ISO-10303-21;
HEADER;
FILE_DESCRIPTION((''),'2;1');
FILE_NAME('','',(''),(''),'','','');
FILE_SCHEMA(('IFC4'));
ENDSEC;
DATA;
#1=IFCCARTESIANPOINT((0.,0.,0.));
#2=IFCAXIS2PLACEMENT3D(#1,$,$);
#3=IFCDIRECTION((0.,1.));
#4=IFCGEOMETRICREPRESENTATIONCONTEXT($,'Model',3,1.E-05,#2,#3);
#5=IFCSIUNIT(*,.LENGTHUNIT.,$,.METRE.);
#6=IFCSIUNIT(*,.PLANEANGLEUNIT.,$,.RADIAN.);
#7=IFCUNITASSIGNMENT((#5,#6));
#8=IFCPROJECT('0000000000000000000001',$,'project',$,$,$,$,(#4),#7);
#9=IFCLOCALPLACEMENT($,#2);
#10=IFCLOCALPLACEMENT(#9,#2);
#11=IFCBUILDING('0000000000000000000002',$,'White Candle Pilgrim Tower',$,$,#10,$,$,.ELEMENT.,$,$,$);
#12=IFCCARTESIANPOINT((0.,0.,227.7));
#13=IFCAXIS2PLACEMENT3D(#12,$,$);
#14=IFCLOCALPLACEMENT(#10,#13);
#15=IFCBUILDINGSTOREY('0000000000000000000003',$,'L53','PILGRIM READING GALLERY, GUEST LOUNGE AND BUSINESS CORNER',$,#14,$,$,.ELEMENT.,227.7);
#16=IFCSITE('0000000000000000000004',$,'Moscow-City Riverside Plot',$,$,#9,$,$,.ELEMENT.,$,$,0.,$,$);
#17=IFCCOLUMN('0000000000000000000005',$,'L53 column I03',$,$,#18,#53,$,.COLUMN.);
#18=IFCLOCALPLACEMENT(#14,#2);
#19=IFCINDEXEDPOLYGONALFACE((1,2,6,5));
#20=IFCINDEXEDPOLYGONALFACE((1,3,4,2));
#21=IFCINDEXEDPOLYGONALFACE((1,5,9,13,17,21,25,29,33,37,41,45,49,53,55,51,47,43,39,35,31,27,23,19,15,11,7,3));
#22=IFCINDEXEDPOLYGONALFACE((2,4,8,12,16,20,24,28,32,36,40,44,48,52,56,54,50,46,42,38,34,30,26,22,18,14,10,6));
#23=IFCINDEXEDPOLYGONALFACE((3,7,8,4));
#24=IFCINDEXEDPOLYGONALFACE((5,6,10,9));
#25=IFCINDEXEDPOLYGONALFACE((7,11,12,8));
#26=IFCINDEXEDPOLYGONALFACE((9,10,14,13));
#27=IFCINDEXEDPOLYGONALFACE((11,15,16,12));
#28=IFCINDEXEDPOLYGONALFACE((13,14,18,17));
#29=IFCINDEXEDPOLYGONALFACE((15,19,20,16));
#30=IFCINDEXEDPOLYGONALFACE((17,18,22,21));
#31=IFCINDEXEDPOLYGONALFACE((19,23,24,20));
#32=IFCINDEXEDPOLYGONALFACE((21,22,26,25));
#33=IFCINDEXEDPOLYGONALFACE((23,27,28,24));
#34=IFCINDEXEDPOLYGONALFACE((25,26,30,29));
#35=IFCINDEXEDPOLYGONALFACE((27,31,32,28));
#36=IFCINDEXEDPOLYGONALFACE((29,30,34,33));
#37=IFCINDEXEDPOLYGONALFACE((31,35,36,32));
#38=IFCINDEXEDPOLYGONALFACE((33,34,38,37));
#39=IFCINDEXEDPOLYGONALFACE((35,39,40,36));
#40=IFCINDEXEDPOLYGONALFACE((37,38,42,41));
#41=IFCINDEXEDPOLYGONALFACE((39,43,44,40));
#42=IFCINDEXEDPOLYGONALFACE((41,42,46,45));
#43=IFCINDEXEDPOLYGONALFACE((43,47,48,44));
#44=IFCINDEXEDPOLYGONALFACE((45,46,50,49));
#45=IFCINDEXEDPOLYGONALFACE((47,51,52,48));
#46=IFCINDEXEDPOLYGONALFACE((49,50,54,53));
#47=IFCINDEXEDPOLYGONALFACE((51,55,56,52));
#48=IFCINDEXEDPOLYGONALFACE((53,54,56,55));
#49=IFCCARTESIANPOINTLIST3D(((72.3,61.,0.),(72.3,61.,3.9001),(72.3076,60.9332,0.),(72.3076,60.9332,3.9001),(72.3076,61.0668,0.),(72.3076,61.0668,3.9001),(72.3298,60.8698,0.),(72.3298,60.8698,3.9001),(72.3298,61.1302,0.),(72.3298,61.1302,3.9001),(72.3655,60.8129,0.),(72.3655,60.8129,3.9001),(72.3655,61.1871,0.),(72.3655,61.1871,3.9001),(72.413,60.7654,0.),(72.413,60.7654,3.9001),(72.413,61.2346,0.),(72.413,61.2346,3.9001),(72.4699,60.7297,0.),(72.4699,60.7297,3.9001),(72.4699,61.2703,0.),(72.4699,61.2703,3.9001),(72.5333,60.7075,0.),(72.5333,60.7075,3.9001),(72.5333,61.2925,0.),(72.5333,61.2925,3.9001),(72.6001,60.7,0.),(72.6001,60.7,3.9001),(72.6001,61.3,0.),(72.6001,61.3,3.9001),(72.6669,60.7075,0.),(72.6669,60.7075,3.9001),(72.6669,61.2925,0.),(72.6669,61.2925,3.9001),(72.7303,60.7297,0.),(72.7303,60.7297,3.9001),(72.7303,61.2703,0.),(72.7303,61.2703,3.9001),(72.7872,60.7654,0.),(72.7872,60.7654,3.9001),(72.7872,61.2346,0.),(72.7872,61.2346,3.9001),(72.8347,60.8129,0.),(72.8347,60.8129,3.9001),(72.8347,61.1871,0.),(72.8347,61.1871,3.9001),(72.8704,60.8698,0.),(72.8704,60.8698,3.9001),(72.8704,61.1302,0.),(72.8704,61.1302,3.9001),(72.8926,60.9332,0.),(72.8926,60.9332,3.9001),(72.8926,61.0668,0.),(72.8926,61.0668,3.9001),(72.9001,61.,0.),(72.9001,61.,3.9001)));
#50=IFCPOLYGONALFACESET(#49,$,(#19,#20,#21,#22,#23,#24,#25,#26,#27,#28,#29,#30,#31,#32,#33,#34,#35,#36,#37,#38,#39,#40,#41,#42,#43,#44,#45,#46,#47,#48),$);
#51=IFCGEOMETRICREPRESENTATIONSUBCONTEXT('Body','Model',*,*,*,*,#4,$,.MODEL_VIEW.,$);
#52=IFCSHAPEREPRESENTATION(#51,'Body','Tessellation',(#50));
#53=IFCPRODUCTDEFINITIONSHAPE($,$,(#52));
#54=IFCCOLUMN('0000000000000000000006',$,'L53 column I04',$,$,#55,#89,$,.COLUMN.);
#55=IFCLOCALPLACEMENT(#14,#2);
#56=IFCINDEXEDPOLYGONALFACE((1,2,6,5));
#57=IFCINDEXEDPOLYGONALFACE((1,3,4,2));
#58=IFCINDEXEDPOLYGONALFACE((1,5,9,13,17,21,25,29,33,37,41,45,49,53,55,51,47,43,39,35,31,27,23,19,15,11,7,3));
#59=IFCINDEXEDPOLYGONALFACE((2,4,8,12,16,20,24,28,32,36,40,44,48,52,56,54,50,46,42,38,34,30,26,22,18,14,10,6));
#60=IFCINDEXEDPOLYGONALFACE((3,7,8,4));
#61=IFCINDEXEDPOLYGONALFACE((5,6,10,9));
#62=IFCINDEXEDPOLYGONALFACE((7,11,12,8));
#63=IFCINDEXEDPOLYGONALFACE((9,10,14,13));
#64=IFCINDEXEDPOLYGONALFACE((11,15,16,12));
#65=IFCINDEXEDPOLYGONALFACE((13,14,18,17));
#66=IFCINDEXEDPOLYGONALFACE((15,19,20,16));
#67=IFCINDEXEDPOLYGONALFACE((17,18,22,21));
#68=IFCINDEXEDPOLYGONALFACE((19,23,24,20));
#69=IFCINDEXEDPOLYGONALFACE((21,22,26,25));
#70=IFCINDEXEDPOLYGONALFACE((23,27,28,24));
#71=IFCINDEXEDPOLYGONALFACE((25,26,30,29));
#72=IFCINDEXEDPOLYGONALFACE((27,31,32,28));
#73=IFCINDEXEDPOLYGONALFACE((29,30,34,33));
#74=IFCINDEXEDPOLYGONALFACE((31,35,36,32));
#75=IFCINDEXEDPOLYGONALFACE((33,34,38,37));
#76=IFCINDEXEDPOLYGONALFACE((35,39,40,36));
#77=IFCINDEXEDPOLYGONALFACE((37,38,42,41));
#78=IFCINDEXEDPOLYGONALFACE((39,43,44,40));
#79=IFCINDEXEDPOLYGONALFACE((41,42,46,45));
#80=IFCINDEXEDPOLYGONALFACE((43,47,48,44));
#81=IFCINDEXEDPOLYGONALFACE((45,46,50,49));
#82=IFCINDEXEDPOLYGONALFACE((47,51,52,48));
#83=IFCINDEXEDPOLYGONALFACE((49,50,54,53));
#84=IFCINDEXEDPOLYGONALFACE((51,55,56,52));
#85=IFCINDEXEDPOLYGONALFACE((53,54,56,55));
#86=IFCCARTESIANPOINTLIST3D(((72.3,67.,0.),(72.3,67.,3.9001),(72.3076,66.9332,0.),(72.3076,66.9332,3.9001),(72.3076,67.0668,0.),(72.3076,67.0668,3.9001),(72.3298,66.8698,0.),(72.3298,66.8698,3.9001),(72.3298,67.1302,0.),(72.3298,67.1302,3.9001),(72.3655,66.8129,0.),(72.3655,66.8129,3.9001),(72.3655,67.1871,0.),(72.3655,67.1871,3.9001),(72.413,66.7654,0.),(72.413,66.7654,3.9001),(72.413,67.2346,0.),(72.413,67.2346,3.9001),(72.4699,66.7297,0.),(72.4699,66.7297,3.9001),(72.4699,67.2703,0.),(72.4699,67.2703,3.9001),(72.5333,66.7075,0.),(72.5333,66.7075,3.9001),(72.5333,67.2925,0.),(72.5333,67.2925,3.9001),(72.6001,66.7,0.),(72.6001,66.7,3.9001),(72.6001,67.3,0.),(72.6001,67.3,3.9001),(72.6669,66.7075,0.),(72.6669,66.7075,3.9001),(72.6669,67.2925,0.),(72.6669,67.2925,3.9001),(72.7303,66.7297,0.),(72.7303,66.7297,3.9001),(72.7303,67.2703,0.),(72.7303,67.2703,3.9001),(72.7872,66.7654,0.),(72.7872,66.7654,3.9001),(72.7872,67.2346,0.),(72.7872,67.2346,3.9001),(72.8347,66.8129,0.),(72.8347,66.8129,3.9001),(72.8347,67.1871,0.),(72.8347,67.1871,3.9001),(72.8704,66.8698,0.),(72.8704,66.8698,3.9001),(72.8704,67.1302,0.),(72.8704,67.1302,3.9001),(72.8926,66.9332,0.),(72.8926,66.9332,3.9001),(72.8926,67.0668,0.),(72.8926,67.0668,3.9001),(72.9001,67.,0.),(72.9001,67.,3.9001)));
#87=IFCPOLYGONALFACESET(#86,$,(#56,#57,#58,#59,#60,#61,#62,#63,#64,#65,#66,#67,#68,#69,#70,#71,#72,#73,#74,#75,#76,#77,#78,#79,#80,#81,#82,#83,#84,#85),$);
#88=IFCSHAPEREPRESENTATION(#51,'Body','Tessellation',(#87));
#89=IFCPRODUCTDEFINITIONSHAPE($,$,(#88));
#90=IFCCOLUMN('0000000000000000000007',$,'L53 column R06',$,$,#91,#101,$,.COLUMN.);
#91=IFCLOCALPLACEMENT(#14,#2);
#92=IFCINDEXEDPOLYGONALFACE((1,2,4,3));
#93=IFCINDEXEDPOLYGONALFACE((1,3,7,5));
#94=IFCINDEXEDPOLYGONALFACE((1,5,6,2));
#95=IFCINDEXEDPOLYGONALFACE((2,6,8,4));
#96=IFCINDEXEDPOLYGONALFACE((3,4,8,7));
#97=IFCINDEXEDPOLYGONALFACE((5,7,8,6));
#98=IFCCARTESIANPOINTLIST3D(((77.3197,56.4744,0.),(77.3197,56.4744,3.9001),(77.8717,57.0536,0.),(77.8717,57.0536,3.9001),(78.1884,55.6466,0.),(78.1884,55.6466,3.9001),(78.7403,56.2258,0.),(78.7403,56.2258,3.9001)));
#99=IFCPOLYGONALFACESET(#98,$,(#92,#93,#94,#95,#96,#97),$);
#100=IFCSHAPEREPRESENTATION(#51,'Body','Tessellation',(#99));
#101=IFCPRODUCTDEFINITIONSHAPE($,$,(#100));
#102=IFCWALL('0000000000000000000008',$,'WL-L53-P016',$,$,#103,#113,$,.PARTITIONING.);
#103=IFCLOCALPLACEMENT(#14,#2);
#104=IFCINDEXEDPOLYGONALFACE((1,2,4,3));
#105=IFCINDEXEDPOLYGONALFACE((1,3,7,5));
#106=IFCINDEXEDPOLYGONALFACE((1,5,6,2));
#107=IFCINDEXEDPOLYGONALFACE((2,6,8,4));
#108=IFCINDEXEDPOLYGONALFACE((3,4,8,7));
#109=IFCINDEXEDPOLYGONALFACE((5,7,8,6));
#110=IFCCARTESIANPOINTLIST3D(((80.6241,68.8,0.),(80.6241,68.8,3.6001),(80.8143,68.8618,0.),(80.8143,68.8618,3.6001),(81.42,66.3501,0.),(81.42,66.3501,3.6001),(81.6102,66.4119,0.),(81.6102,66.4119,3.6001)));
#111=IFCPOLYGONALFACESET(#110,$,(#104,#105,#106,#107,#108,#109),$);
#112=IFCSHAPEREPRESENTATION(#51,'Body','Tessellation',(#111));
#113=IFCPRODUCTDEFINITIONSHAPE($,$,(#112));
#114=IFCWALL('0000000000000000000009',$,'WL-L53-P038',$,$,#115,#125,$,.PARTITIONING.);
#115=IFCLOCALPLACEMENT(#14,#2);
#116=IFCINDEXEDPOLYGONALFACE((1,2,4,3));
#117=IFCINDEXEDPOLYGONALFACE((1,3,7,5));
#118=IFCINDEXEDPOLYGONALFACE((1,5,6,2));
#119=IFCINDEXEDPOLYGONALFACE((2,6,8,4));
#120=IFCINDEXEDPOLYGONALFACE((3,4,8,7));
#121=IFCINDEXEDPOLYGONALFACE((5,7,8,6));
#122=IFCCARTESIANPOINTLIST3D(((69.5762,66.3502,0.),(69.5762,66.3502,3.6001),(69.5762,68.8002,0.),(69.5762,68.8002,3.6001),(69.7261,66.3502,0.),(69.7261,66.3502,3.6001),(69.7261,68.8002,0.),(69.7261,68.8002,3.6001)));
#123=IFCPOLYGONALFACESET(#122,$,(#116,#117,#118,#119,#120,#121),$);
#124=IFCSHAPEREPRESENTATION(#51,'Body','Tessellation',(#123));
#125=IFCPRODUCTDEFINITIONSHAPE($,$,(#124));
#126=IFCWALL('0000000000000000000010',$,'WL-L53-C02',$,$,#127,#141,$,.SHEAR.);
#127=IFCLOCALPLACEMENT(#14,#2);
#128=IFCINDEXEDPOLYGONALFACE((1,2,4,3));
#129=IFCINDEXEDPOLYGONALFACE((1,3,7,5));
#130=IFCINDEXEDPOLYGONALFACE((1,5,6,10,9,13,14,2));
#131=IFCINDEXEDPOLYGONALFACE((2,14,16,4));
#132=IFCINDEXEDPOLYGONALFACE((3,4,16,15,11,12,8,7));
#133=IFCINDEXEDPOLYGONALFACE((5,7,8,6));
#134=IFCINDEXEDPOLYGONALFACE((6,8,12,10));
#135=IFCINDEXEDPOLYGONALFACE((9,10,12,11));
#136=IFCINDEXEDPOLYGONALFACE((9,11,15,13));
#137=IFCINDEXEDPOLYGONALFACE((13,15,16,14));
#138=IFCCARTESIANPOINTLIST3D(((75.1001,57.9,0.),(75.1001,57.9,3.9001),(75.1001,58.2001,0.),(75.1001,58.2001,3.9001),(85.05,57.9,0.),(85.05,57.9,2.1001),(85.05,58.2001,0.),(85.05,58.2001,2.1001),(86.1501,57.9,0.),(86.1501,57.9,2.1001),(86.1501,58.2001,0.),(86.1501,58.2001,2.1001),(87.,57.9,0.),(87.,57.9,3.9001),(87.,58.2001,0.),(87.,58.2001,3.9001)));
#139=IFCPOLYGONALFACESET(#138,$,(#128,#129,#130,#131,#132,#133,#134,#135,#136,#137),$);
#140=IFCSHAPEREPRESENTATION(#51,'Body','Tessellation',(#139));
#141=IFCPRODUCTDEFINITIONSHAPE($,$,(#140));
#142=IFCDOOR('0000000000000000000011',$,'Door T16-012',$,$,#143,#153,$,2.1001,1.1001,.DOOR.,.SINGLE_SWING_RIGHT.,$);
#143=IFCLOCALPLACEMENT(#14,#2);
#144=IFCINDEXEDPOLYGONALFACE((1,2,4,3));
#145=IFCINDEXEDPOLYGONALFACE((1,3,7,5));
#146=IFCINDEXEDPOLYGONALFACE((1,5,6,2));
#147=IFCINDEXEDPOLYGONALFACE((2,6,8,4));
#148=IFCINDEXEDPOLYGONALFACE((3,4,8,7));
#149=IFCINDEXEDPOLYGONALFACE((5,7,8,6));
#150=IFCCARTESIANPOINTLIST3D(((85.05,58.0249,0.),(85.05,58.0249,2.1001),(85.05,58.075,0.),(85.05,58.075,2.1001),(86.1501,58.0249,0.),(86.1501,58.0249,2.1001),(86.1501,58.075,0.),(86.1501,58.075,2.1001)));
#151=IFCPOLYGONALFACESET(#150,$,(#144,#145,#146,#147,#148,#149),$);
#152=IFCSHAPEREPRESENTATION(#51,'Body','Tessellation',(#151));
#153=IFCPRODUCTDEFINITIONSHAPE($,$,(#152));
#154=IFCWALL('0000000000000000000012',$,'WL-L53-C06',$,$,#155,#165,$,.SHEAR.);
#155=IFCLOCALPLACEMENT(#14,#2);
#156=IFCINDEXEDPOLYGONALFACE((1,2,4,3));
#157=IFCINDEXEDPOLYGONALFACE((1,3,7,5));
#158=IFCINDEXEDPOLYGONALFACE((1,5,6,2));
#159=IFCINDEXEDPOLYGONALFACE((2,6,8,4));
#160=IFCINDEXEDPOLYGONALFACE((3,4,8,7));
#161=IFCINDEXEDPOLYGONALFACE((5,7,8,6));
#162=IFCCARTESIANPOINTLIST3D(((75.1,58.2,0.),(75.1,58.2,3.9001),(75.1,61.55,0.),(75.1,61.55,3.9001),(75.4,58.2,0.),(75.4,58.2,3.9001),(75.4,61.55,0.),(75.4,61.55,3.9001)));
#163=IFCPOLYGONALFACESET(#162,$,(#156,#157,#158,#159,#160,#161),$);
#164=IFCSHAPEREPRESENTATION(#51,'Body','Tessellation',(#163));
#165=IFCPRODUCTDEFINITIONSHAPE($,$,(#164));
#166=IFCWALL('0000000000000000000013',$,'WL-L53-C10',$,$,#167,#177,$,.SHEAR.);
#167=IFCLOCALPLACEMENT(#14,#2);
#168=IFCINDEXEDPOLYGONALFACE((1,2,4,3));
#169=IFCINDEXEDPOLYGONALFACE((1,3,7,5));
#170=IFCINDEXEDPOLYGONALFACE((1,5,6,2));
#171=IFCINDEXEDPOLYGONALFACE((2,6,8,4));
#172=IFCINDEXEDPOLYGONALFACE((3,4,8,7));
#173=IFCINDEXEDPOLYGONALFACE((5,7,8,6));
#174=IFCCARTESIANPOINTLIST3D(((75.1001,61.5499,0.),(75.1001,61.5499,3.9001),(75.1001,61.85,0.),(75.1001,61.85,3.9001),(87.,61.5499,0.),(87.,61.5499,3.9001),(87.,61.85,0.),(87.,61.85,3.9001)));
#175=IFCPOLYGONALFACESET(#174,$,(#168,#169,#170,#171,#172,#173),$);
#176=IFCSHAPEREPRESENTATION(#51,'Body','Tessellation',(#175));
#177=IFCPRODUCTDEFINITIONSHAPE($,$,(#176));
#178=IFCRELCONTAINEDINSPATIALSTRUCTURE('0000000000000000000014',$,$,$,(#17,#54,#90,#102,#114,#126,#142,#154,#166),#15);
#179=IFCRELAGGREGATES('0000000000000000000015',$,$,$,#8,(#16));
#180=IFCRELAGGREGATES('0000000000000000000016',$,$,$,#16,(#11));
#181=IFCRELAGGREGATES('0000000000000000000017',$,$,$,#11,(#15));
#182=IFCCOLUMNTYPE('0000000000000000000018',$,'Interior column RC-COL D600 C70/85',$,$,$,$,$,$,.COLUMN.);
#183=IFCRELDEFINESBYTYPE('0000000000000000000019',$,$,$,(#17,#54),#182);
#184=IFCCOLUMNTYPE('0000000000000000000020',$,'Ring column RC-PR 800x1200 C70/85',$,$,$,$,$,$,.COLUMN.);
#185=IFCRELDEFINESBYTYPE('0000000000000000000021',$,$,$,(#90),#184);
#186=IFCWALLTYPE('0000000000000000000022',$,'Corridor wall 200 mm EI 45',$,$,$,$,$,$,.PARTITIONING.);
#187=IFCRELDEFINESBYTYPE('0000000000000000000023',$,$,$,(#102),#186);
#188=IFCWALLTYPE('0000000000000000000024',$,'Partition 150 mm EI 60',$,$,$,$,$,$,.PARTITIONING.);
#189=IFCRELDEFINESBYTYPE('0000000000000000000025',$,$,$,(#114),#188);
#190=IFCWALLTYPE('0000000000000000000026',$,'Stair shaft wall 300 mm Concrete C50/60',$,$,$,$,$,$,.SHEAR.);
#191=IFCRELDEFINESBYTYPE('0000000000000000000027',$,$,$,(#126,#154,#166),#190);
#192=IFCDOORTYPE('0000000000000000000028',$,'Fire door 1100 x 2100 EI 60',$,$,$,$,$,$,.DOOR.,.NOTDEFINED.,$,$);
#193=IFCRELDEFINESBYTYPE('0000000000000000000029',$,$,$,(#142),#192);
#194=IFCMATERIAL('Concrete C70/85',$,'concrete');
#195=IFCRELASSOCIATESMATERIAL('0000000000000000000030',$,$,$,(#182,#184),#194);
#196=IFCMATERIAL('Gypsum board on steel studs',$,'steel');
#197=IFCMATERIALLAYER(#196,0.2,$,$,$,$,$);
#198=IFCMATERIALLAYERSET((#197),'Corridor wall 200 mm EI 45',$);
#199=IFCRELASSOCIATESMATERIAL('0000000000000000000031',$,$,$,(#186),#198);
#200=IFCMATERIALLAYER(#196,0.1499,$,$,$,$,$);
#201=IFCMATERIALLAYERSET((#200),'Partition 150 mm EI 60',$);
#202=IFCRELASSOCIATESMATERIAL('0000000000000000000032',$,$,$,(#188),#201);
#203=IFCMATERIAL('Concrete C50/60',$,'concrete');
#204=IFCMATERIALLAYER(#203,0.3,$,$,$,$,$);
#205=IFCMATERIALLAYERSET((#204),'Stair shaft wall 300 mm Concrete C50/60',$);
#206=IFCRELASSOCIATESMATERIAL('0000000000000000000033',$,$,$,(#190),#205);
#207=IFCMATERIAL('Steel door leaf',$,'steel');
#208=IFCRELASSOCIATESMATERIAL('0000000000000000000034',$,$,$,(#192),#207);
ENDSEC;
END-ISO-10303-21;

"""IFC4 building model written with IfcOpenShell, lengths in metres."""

from ifc_helpers import new_model, si_unit, direction, frame, frame_2d, origin, origin_2d, place, context, subcontext, project, spatial, rectangle, circle, extrude, material, layer, layer_set, material_profile, profile_set, type_object, element, fill, save


model = new_model("IFC4")

# Units and contexts
model_context = context("Model", 3, precision=1e-05, world=origin(), true_north=direction((0.0, 1.0)))
body_context = subcontext(model_context, "Body", "Model", "MODEL_VIEW")
ifc_project = project(units=[si_unit("LENGTHUNIT", "METRE"), si_unit("PLANEANGLEUNIT", "RADIAN")], contexts=[model_context])

# Site, building, storey
site_placement = place(None, origin())
site = spatial("IfcSite", under=ifc_project, at=site_placement, Name="Moscow-City Riverside Plot", CompositionType="ELEMENT", RefElevation=0.0)
building_placement = place(site_placement, origin())
building = spatial("IfcBuilding", under=site, at=building_placement, Name="White Candle Pilgrim Tower", CompositionType="ELEMENT")
storey_placement = place(building_placement, frame((0.0, 0.0, 227.7)))
storey = spatial("IfcBuildingStorey", under=building, at=storey_placement, Name="L53", Description="PILGRIM READING GALLERY, GUEST LOUNGE AND BUSINESS CORNER", CompositionType="ELEMENT", Elevation=227.7)

# Columns
ifc_material_1 = material(Name="Concrete C70/85", Category="concrete")
ifc_material_profile_1 = material_profile(ifc_material_1, circle(Radius=0.3, at=origin_2d()), Name="RC-COL D600")
ifc_profile_set_1 = profile_set([ifc_material_profile_1], Name="Concrete C70/85")
column_type_1 = type_object("IfcColumnType", Name="Interior column RC-COL D600 C70/85", PredefinedType="COLUMN", material=ifc_profile_set_1)
for number, where, z_axis, x_axis, name in (
    (1, (72.6001, 61.0, 0.0), (0.0, 0.0, 1.0), (1.0, 0.0, 0.0), "L53 column I03"),
    (2, (72.6001, 67.0, 0.0), (0.0, 0.0, 1.0), (1.0, 0.0, 0.0), "L53 column I04"),
):
    element("IfcColumn", number, at=place(storey_placement, frame(where, z_axis=z_axis, x_axis=x_axis)), inside=storey, type_object=column_type_1, Name=name, PredefinedType="COLUMN", context=body_context, shape_type="SweptSolid", body=[
        extrude(circle(Radius=0.3, at=origin_2d()), origin(), (0.0, 0.0, 1.0), 3.9001),
    ])
ifc_material_profile_2 = material_profile(ifc_material_1, rectangle(XDim=0.8, YDim=1.2, at=origin_2d()), Name="RC-PR 800x1200")
ifc_profile_set_2 = profile_set([ifc_material_profile_2], Name="Concrete C70/85")
column_type_2 = type_object("IfcColumnType", Name="Ring column RC-PR 800x1200 C70/85", PredefinedType="COLUMN", material=ifc_profile_set_2)
column_placement = place(storey_placement, frame((78.03, 56.3501, 0.0), z_axis=(0.0, 0.0, 1.0), x_axis=(-0.689872, -0.723931, 0.0)))
element("IfcColumn", 3, at=column_placement, inside=storey, type_object=column_type_2, Name="L53 column R06", PredefinedType="COLUMN", context=body_context, shape_type="SweptSolid", body=[
    extrude(rectangle(XDim=0.8, YDim=1.2, at=origin_2d()), origin(), (0.0, 0.0, 1.0), 3.9001),
])

# Walls
ifc_material_2 = material(Name="Gypsum board on steel studs", Category="steel")
ifc_layer_1 = layer(ifc_material_2, 0.2)
ifc_layer_set_1 = layer_set([ifc_layer_1], Name="Corridor wall 200 mm EI 45")
wall_type_1 = type_object("IfcWallType", Name="Corridor wall 200 mm EI 45", PredefinedType="PARTITIONING", material=ifc_layer_set_1)
wall_1_placement = place(storey_placement, frame((81.5151, 66.3809, 0.0), z_axis=(0.0, 0.0, 1.0), x_axis=(-0.308968, 0.951072, 0.0)))
element("IfcWall", 4, at=wall_1_placement, inside=storey, type_object=wall_type_1, Name="WL-L53-P016", PredefinedType="PARTITIONING", context=body_context, shape_type="SweptSolid", body=[
    extrude(rectangle(XDim=2.5759, YDim=0.2, at=frame_2d((1.2881, 0.0))), origin(), (0.0, 0.0, 1.0), 3.6001),
])
ifc_layer_2 = layer(ifc_material_2, 0.1499)
ifc_layer_set_2 = layer_set([ifc_layer_2], Name="Partition 150 mm EI 60")
wall_type_2 = type_object("IfcWallType", Name="Partition 150 mm EI 60", PredefinedType="PARTITIONING", material=ifc_layer_set_2)
wall_2_placement = place(storey_placement, frame((69.6511, 66.3501, 0.0), z_axis=(0.0, 0.0, 1.0), x_axis=(0.0, 1.0, 0.0)))
element("IfcWall", 5, at=wall_2_placement, inside=storey, type_object=wall_type_2, Name="WL-L53-P038", PredefinedType="PARTITIONING", context=body_context, shape_type="SweptSolid", body=[
    extrude(rectangle(XDim=2.45, YDim=0.1499, at=frame_2d((1.2251, 0.0))), origin(), (0.0, 0.0, 1.0), 3.6001),
])

# Wall, opening, door
ifc_material_3 = material(Name="Concrete C50/60", Category="concrete")
ifc_layer_3 = layer(ifc_material_3, 0.3)
ifc_layer_set_3 = layer_set([ifc_layer_3], Name="Stair shaft wall 300 mm Concrete C50/60")
wall_type_3 = type_object("IfcWallType", Name="Stair shaft wall 300 mm Concrete C50/60", PredefinedType="SHEAR", material=ifc_layer_set_3)
wall_3_placement = place(storey_placement, frame((75.1001, 58.05, 0.0), z_axis=(0.0, 0.0, 1.0), x_axis=(1.0, 0.0, 0.0)))
wall_3 = element("IfcWall", 6, at=wall_3_placement, inside=storey, type_object=wall_type_3, Name="WL-L53-C02", PredefinedType="SHEAR", context=body_context, shape_type="SweptSolid", body=[
    extrude(rectangle(XDim=11.8999, YDim=0.3, at=frame_2d((5.95, 0.0))), origin(), (0.0, 0.0, 1.0), 3.9001),
])
opening_placement = place(wall_3_placement, frame((9.95, 0.0, 0.0)))
opening = element("IfcOpeningElement", 7, at=opening_placement, cuts=wall_3, PredefinedType="OPENING", context=body_context, shape_type="SweptSolid", body=[
    extrude(rectangle(XDim=1.1001, YDim=2.1001, at=frame_2d((0.55, 1.05))), frame((0.0, 0.1599, 0.0), z_axis=(0.0, -1.0, 0.0), x_axis=(1.0, 0.0, 0.0)), (0.0, 0.0, 1.0), 0.3201),
])
ifc_material_4 = material(Name="Steel door leaf", Category="steel")
door_type = type_object("IfcDoorType", Name="Fire door 1100 x 2100 EI 60", OperationType="NOTDEFINED", PredefinedType="DOOR", material=ifc_material_4)
door_placement = place(opening_placement, origin())
door = element("IfcDoor", 8, at=door_placement, inside=storey, type_object=door_type, Name="Door T16-012", OperationType="SINGLE_SWING_RIGHT", OverallHeight=2.1001, OverallWidth=1.1001, PredefinedType="DOOR", context=body_context, shape_type="SweptSolid", body=[
    extrude(rectangle(XDim=1.1001, YDim=2.1001, at=frame_2d((0.55, 1.05))), frame((0.0, 0.0249, 0.0), z_axis=(0.0, -1.0, 0.0), x_axis=(1.0, 0.0, 0.0)), (0.0, 0.0, 1.0), 0.05),
])
fill(opening, door)

# Walls
wall_4_placement = place(storey_placement, frame((75.25, 58.2, 0.0), z_axis=(0.0, 0.0, 1.0), x_axis=(0.0, 1.0, 0.0)))
element("IfcWall", 9, at=wall_4_placement, inside=storey, type_object=wall_type_3, Name="WL-L53-C06", PredefinedType="SHEAR", context=body_context, shape_type="SweptSolid", body=[
    extrude(rectangle(XDim=3.3501, YDim=0.3, at=frame_2d((1.675, 0.0))), origin(), (0.0, 0.0, 1.0), 3.9001),
])
wall_5_placement = place(storey_placement, frame((75.1001, 61.7, 0.0), z_axis=(0.0, 0.0, 1.0), x_axis=(1.0, 0.0, 0.0)))
element("IfcWall", 10, at=wall_5_placement, inside=storey, type_object=wall_type_3, Name="WL-L53-C10", PredefinedType="SHEAR", context=body_context, shape_type="SweptSolid", body=[
    extrude(rectangle(XDim=11.8999, YDim=0.3, at=frame_2d((5.95, 0.0))), origin(), (0.0, 0.0, 1.0), 3.9001),
])

save(model, "model.ifc")
